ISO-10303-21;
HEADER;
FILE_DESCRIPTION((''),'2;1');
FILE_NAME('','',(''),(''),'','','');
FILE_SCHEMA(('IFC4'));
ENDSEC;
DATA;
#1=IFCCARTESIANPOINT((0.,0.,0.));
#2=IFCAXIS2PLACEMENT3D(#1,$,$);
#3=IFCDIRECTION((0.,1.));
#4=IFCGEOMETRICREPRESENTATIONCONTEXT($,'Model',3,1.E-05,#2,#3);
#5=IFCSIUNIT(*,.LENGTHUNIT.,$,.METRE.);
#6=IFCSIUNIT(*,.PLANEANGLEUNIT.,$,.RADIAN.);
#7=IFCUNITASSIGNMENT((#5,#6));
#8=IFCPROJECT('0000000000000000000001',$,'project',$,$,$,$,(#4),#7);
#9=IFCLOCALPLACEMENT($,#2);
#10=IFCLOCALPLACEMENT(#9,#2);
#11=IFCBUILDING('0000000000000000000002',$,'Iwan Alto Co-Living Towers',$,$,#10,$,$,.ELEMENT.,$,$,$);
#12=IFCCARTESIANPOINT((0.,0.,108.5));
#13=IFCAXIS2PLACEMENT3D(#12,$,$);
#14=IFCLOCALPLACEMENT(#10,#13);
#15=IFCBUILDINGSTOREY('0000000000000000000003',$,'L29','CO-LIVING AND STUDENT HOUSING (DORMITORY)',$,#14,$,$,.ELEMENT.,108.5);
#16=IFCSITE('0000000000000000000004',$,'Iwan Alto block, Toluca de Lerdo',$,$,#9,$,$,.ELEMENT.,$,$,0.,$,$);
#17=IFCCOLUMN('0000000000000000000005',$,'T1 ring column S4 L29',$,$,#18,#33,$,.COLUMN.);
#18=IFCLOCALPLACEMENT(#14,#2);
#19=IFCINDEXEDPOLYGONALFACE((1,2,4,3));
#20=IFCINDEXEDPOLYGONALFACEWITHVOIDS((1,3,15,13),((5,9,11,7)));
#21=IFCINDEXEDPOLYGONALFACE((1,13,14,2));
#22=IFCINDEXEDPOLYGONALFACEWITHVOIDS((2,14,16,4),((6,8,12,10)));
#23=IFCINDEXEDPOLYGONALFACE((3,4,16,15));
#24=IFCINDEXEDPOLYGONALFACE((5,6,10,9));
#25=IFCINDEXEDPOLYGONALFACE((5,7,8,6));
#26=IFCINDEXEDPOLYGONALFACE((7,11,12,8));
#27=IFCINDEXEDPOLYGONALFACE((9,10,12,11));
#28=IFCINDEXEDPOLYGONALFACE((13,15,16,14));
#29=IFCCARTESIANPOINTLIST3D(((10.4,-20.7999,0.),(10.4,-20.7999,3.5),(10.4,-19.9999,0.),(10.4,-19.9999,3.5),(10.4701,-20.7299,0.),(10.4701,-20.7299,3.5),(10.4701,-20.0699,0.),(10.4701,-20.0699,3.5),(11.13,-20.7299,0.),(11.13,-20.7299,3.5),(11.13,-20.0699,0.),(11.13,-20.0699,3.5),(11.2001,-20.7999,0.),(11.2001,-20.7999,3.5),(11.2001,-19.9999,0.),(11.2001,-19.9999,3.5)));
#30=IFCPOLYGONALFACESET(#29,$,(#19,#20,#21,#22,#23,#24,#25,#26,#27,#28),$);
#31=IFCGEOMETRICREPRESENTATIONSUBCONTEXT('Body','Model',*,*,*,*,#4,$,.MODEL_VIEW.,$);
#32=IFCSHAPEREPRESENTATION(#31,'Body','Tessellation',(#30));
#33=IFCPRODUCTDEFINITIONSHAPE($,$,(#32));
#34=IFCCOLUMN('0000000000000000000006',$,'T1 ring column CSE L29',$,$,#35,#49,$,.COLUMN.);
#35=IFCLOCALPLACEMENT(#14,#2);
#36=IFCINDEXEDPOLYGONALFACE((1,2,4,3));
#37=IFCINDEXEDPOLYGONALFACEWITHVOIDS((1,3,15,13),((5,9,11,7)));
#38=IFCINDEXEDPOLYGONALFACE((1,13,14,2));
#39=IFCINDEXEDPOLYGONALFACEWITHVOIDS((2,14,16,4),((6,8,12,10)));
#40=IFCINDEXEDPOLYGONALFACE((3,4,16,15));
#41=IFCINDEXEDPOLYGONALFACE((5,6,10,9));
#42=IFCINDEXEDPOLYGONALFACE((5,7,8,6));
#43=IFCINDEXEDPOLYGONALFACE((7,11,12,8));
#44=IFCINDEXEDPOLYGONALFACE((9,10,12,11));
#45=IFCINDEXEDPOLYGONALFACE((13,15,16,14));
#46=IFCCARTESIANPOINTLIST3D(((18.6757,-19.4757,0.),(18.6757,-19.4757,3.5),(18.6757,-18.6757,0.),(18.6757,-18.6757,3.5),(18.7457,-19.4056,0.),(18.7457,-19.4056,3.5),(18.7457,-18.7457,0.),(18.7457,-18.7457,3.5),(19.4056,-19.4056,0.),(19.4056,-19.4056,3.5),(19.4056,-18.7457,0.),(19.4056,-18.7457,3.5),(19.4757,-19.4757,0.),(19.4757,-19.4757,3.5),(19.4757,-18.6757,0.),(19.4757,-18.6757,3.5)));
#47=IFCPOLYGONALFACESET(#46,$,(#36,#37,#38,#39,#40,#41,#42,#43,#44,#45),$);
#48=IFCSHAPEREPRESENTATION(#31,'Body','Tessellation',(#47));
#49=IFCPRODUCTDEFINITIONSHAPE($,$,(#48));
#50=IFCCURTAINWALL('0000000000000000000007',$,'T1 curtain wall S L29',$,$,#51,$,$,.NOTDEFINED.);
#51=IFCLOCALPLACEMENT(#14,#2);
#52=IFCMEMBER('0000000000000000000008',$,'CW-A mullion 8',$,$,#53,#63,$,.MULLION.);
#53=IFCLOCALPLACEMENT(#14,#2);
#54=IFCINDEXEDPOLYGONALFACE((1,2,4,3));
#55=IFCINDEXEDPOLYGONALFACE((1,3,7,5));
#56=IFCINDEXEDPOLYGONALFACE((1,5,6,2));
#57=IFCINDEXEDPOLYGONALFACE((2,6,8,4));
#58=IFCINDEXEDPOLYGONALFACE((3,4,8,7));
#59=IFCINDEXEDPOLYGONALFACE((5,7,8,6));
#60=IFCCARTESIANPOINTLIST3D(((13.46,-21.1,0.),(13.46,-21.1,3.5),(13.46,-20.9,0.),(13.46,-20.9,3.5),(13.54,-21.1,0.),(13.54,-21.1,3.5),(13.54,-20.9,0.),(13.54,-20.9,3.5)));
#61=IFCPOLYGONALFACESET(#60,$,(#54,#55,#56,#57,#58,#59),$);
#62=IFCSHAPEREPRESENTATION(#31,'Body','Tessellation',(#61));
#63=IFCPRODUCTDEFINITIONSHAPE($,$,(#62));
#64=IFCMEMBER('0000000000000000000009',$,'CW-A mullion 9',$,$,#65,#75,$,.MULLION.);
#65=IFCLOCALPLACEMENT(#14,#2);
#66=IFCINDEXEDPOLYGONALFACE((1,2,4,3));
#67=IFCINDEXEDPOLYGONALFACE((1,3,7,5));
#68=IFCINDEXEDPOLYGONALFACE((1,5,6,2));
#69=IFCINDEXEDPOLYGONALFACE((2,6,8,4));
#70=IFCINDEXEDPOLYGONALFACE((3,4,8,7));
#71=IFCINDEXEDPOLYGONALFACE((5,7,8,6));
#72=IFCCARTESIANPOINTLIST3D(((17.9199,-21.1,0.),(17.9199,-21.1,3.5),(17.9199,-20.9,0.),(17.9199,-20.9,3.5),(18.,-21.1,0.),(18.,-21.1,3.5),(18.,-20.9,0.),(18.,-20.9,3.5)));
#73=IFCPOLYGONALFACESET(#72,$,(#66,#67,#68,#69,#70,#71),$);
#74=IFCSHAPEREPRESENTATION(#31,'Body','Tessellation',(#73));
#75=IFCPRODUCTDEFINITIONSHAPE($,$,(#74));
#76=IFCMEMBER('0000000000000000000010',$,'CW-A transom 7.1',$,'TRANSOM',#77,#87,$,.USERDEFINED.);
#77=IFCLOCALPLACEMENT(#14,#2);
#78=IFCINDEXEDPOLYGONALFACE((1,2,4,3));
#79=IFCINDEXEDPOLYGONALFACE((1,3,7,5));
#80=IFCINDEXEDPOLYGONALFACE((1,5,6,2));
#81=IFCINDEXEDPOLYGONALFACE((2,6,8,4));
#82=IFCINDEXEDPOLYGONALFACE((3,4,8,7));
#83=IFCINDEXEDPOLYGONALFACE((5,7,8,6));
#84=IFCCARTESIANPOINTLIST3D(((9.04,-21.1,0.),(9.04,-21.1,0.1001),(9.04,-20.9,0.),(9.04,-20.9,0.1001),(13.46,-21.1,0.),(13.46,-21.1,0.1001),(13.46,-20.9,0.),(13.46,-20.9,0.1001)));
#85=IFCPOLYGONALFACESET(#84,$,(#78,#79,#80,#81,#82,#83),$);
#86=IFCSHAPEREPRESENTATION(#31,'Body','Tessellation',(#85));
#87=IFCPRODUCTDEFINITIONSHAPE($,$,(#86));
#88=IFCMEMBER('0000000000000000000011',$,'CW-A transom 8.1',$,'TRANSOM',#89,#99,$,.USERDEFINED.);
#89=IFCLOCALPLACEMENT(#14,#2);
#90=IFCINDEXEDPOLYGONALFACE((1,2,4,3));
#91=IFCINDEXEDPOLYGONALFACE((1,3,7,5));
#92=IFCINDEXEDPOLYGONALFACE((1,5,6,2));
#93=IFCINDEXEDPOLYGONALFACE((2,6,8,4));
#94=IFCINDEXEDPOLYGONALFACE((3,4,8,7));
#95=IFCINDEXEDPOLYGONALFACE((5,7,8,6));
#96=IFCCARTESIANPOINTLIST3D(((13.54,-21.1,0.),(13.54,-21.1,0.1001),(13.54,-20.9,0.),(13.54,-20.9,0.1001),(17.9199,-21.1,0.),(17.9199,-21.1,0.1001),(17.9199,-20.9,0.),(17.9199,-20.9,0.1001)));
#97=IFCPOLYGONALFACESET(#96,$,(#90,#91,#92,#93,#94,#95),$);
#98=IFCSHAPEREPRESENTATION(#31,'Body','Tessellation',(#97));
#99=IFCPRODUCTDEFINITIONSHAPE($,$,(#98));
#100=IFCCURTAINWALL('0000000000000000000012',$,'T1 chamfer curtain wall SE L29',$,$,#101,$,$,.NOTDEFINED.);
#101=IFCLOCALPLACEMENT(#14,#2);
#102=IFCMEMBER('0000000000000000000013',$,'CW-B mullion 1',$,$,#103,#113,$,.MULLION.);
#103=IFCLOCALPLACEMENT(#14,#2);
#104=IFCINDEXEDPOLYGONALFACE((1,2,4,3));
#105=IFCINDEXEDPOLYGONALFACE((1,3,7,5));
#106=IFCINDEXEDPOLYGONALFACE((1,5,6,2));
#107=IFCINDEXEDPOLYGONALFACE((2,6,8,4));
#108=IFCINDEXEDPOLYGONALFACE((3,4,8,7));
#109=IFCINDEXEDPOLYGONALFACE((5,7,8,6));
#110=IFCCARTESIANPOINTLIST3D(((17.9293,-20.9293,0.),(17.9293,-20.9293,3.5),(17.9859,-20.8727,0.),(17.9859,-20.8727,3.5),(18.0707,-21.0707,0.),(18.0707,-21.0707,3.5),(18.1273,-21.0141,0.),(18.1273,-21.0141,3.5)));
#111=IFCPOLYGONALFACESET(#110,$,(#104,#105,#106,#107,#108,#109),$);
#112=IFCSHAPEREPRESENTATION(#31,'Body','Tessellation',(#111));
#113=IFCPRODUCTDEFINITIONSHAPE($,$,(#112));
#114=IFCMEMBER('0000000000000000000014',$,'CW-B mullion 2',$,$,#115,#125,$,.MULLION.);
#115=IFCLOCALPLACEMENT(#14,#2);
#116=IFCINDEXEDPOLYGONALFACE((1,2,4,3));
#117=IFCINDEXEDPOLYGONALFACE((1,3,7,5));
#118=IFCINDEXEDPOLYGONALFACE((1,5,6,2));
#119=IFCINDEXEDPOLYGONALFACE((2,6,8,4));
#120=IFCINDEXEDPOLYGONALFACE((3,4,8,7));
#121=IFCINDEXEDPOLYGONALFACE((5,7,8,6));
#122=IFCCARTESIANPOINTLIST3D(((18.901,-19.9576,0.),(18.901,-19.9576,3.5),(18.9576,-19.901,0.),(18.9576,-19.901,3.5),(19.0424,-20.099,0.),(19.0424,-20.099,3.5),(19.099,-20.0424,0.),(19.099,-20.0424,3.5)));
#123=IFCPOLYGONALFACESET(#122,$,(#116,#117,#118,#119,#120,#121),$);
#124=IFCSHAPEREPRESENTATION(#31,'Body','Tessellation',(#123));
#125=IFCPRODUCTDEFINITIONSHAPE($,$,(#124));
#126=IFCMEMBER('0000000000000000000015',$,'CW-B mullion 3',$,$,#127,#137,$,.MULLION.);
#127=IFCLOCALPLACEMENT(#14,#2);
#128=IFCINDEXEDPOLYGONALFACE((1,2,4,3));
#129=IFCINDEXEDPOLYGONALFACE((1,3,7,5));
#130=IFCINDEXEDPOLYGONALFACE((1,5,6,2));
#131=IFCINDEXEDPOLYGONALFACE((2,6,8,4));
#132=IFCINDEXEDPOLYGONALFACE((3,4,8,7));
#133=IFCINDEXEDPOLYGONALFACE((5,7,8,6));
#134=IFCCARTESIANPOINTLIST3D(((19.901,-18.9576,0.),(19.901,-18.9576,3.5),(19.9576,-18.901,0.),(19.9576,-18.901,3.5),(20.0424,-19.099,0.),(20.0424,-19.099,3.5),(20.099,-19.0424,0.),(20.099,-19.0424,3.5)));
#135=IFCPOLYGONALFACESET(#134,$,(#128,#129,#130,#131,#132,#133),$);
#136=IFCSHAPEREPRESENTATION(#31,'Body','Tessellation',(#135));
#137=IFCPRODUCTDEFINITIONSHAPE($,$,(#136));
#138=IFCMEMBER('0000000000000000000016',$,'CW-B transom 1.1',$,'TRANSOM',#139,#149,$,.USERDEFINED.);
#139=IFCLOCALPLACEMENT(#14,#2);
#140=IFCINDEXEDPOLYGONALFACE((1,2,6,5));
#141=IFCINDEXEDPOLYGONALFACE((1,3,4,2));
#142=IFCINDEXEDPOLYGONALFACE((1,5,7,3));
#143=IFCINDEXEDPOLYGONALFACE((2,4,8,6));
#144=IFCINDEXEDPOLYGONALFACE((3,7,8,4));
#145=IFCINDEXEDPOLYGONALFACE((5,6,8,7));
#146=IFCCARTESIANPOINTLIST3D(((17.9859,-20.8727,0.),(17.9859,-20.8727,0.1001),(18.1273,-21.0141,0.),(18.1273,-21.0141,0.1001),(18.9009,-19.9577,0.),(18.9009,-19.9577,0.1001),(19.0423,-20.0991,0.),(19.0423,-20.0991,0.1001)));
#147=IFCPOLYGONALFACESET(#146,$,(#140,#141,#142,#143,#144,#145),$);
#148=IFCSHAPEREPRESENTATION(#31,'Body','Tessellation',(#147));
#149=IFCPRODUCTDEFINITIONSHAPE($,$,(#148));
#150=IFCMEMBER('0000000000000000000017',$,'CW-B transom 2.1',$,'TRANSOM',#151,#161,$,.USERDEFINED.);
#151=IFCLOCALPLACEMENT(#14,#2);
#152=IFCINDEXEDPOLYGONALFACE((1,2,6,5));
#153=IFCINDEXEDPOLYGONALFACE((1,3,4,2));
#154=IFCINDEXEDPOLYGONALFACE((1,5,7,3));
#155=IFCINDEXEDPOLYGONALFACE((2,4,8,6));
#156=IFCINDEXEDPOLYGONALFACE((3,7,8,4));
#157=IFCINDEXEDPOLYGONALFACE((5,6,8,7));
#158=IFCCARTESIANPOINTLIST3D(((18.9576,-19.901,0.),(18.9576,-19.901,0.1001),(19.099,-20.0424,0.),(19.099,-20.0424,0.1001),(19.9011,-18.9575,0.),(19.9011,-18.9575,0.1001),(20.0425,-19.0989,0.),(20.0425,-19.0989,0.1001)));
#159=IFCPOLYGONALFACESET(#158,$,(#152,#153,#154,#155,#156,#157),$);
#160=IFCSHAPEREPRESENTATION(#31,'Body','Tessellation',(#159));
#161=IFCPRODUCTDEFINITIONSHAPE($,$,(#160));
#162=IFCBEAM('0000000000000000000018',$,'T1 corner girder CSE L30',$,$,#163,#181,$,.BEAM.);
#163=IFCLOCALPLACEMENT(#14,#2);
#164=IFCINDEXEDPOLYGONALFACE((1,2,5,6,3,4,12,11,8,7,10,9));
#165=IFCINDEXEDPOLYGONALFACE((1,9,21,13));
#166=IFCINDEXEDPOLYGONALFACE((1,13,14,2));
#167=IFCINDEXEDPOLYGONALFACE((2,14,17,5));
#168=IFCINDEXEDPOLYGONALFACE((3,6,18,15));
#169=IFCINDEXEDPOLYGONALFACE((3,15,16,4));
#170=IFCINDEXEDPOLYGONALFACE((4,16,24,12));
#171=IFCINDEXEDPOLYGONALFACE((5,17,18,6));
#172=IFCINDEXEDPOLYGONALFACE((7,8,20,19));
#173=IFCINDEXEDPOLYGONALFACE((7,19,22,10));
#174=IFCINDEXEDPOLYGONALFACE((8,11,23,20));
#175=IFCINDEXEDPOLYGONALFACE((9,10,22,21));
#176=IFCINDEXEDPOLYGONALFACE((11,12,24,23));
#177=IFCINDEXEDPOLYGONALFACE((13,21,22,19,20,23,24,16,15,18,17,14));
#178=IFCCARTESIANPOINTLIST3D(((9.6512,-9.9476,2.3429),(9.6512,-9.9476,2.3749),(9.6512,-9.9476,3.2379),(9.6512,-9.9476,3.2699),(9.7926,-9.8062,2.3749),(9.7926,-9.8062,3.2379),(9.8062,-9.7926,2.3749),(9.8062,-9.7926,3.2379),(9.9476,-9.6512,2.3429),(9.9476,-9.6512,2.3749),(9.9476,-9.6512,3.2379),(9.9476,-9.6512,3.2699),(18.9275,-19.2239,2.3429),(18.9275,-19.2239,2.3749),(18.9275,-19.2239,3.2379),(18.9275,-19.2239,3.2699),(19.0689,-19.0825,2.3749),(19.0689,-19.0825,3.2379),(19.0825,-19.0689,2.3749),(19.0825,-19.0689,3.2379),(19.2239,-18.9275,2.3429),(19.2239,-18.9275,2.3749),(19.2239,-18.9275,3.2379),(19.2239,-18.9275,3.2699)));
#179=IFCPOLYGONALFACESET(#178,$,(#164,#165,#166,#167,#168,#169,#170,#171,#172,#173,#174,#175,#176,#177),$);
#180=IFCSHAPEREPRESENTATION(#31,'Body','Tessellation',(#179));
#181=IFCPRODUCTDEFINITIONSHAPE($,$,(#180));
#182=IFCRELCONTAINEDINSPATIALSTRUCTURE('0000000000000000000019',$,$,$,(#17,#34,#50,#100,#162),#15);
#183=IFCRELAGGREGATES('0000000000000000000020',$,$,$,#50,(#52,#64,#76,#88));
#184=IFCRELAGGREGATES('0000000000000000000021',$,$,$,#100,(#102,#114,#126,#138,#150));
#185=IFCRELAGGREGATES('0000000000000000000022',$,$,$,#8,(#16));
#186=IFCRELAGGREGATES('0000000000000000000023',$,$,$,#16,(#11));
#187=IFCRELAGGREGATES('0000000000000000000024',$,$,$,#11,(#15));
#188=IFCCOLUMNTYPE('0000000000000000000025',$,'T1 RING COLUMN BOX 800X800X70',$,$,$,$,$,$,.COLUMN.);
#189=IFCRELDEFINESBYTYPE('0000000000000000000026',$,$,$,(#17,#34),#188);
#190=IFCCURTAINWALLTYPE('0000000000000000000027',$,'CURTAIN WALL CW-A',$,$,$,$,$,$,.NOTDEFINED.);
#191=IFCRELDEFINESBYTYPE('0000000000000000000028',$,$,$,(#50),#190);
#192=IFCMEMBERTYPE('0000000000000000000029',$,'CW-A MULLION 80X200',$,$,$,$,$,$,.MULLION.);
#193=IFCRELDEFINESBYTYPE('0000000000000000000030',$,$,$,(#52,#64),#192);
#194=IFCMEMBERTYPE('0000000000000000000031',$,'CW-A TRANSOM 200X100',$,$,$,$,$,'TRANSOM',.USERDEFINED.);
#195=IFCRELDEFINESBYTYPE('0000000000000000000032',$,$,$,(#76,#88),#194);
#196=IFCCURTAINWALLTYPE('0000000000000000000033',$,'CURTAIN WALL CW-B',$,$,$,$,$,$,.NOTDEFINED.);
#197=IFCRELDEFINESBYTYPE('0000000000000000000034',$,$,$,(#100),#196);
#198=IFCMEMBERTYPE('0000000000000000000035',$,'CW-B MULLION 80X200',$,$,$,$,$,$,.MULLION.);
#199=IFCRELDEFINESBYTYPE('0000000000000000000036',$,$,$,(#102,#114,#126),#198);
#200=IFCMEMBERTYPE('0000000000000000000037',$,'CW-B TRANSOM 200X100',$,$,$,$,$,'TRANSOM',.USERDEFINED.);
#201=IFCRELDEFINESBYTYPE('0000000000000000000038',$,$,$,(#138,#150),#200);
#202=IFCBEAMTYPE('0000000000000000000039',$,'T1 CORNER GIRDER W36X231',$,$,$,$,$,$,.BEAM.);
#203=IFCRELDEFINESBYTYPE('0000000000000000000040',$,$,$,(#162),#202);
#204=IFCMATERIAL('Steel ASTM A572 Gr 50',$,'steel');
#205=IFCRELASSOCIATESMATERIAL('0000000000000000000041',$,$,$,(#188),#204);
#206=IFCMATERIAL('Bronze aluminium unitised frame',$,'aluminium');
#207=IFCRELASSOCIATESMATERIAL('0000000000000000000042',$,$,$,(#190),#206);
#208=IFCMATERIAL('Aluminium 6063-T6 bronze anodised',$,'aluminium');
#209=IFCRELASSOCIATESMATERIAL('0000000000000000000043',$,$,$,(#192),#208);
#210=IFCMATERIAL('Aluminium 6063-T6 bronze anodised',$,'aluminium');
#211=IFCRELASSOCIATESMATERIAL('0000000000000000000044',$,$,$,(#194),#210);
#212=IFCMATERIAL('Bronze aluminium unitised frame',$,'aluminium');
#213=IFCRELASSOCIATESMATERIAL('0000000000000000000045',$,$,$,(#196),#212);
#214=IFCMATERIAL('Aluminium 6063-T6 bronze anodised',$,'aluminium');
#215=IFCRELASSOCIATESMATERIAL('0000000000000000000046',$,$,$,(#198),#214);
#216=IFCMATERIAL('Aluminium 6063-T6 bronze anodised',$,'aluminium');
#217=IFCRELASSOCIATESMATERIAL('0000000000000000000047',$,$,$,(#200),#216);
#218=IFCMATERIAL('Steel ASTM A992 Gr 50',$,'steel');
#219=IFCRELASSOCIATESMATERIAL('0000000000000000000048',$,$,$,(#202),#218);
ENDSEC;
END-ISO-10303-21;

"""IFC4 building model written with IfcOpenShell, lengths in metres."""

from ifc_helpers import new_model, si_unit, direction, frame, origin, origin_2d, place, context, subcontext, project, spatial, rectangle, hollow_rectangle, i_section, extrude, material, material_profile, profile_set, type_object, element, aggregate, save


model = new_model("IFC4")

# Units and contexts
model_context = context("Model", 3, precision=1e-05, world=origin(), true_north=direction((0.0, 1.0)))
body_context = subcontext(model_context, "Body", "Model", "MODEL_VIEW")
ifc_project = project(units=[si_unit("LENGTHUNIT", "METRE"), si_unit("PLANEANGLEUNIT", "RADIAN")], contexts=[model_context])

# Site, building, storey
site_placement = place(None, origin())
site = spatial("IfcSite", under=ifc_project, at=site_placement, Name="Iwan Alto block, Toluca de Lerdo", CompositionType="ELEMENT", RefElevation=0.0)
building_placement = place(site_placement, origin())
building = spatial("IfcBuilding", under=site, at=building_placement, Name="Iwan Alto Co-Living Towers", CompositionType="ELEMENT")
storey_placement = place(building_placement, frame((0.0, 0.0, 108.5)))
storey = spatial("IfcBuildingStorey", under=building, at=storey_placement, Name="L29", Description="CO-LIVING AND STUDENT HOUSING (DORMITORY)", CompositionType="ELEMENT", Elevation=108.5)

# Columns
ifc_material_1 = material(Name="Steel ASTM A572 Gr 50", Category="steel")
ifc_material_profile_1 = material_profile(ifc_material_1, hollow_rectangle(XDim=0.8, YDim=0.8, WallThickness=0.0701, at=origin_2d()), Name="BOX 800X800X70")
ifc_profile_set_1 = profile_set([ifc_material_profile_1], Name="Steel ASTM A572 Gr 50")
column_type = type_object("IfcColumnType", Name="T1 RING COLUMN BOX 800X800X70", PredefinedType="COLUMN", material=ifc_profile_set_1)
for number, where, z_axis, x_axis, name in (
    (1, (10.8, -20.3999, 0.0), (0.0, 0.0, 1.0), (1.0, 0.0, 0.0), "T1 ring column S4 L29"),
    (2, (19.0757, -19.0757, 0.0), (0.0, 0.0, 1.0), (1.0, 0.0, 0.0), "T1 ring column CSE L29"),
):
    element("IfcColumn", number, at=place(storey_placement, frame(where, z_axis=z_axis, x_axis=x_axis)), inside=storey, type_object=column_type, Name=name, PredefinedType="COLUMN", context=body_context, shape_type="SweptSolid", body=[
        extrude(hollow_rectangle(XDim=0.8, YDim=0.8, WallThickness=0.0701, at=origin_2d()), origin(), (0.0, 0.0, 1.0), 3.5),
    ])

# Curtain walls, members
ifc_material_2 = material(Name="Bronze aluminium unitised frame", Category="aluminium")
curtain_wall_type_1 = type_object("IfcCurtainWallType", Name="CURTAIN WALL CW-A", PredefinedType="NOTDEFINED", material=ifc_material_2)
curtain_wall_1_placement = place(storey_placement, origin())
curtain_wall_1 = element("IfcCurtainWall", 3, at=curtain_wall_1_placement, inside=storey, type_object=curtain_wall_type_1, Name="T1 curtain wall S L29", PredefinedType="NOTDEFINED")
ifc_material_3 = material(Name="Aluminium 6063-T6 bronze anodised", Category="aluminium")
ifc_material_profile_2 = material_profile(ifc_material_3, rectangle(XDim=0.2, YDim=0.0801, at=origin_2d()), Name="AL 80X200")
ifc_profile_set_2 = profile_set([ifc_material_profile_2], Name="Aluminium 6063-T6 bronze anodised")
member_type_1 = type_object("IfcMemberType", Name="CW-A MULLION 80X200", PredefinedType="MULLION", material=ifc_profile_set_2)
member_1_placement = place(storey_placement, frame((13.5, -21.0, 0.0), z_axis=(0.0, 0.0, 1.0), x_axis=(0.0, 1.0, 0.0)))
member_1 = element("IfcMember", 4, at=member_1_placement, type_object=member_type_1, Name="CW-A mullion 8", PredefinedType="MULLION", context=body_context, shape_type="SweptSolid", body=[
    extrude(rectangle(XDim=0.2, YDim=0.0801, at=origin_2d()), origin(), (0.0, 0.0, 1.0), 3.5),
])
member_2_placement = place(storey_placement, frame((17.96, -21.0, 0.0), z_axis=(0.0, 0.0, 1.0), x_axis=(0.0, 1.0, 0.0)))
member_2 = element("IfcMember", 5, at=member_2_placement, type_object=member_type_1, Name="CW-A mullion 9", PredefinedType="MULLION", context=body_context, shape_type="SweptSolid", body=[
    extrude(rectangle(XDim=0.2, YDim=0.0801, at=origin_2d()), origin(), (0.0, 0.0, 1.0), 3.5),
])
ifc_material_4 = material(Name="Aluminium 6063-T6 bronze anodised", Category="aluminium")
ifc_material_profile_3 = material_profile(ifc_material_4, rectangle(XDim=0.2, YDim=0.1001, at=origin_2d()), Name="AL 200X100")
ifc_profile_set_3 = profile_set([ifc_material_profile_3], Name="Aluminium 6063-T6 bronze anodised")
member_type_2 = type_object("IfcMemberType", Name="CW-A TRANSOM 200X100", ElementType="TRANSOM", PredefinedType="USERDEFINED", material=ifc_profile_set_3)
member_3_placement = place(storey_placement, frame((9.04, -21.0, 0.05), z_axis=(1.0, 0.0, 0.0), x_axis=(0.0, 1.0, 0.0)))
member_3 = element("IfcMember", 6, at=member_3_placement, type_object=member_type_2, Name="CW-A transom 7.1", ObjectType="TRANSOM", PredefinedType="USERDEFINED", context=body_context, shape_type="SweptSolid", body=[
    extrude(rectangle(XDim=0.2, YDim=0.1001, at=origin_2d()), origin(), (0.0, 0.0, 1.0), 4.4199),
])
member_4_placement = place(storey_placement, frame((13.54, -21.0, 0.05), z_axis=(1.0, 0.0, 0.0), x_axis=(0.0, 1.0, 0.0)))
member_4 = element("IfcMember", 7, at=member_4_placement, type_object=member_type_2, Name="CW-A transom 8.1", ObjectType="TRANSOM", PredefinedType="USERDEFINED", context=body_context, shape_type="SweptSolid", body=[
    extrude(rectangle(XDim=0.2, YDim=0.1001, at=origin_2d()), origin(), (0.0, 0.0, 1.0), 4.3799),
])
ifc_material_5 = material(Name="Bronze aluminium unitised frame", Category="aluminium")
curtain_wall_type_2 = type_object("IfcCurtainWallType", Name="CURTAIN WALL CW-B", PredefinedType="NOTDEFINED", material=ifc_material_5)
curtain_wall_2_placement = place(storey_placement, origin())
curtain_wall_2 = element("IfcCurtainWall", 8, at=curtain_wall_2_placement, inside=storey, type_object=curtain_wall_type_2, Name="T1 chamfer curtain wall SE L29", PredefinedType="NOTDEFINED")
ifc_material_6 = material(Name="Aluminium 6063-T6 bronze anodised", Category="aluminium")
ifc_material_profile_4 = material_profile(ifc_material_6, rectangle(XDim=0.2, YDim=0.0801, at=origin_2d()), Name="AL 80X200")
ifc_profile_set_4 = profile_set([ifc_material_profile_4], Name="Aluminium 6063-T6 bronze anodised")
member_type_3 = type_object("IfcMemberType", Name="CW-B MULLION 80X200", PredefinedType="MULLION", material=ifc_profile_set_4)
member_5_placement = place(storey_placement, frame((18.0283, -20.9717, 0.0), z_axis=(0.0, 0.0, 1.0), x_axis=(-0.707107, 0.707107, 0.0)))
member_5 = element("IfcMember", 9, at=member_5_placement, type_object=member_type_3, Name="CW-B mullion 1", PredefinedType="MULLION", context=body_context, shape_type="SweptSolid", body=[
    extrude(rectangle(XDim=0.2, YDim=0.0801, at=origin_2d()), origin(), (0.0, 0.0, 1.0), 3.5),
])
member_6_placement = place(storey_placement, frame((19.0, -20.0, 0.0), z_axis=(0.0, 0.0, 1.0), x_axis=(-0.707107, 0.707107, 0.0)))
member_6 = element("IfcMember", 10, at=member_6_placement, type_object=member_type_3, Name="CW-B mullion 2", PredefinedType="MULLION", context=body_context, shape_type="SweptSolid", body=[
    extrude(rectangle(XDim=0.2, YDim=0.0801, at=origin_2d()), origin(), (0.0, 0.0, 1.0), 3.5),
])
member_7_placement = place(storey_placement, frame((20.0, -19.0, 0.0), z_axis=(0.0, 0.0, 1.0), x_axis=(-0.707107, 0.707107, 0.0)))
member_7 = element("IfcMember", 11, at=member_7_placement, type_object=member_type_3, Name="CW-B mullion 3", PredefinedType="MULLION", context=body_context, shape_type="SweptSolid", body=[
    extrude(rectangle(XDim=0.2, YDim=0.0801, at=origin_2d()), origin(), (0.0, 0.0, 1.0), 3.5),
])
ifc_material_7 = material(Name="Aluminium 6063-T6 bronze anodised", Category="aluminium")
ifc_material_profile_5 = material_profile(ifc_material_7, rectangle(XDim=0.2, YDim=0.1001, at=origin_2d()), Name="AL 200X100")
ifc_profile_set_5 = profile_set([ifc_material_profile_5], Name="Aluminium 6063-T6 bronze anodised")
member_type_4 = type_object("IfcMemberType", Name="CW-B TRANSOM 200X100", ElementType="TRANSOM", PredefinedType="USERDEFINED", material=ifc_profile_set_5)
member_8_placement = place(storey_placement, frame((18.0566, -20.9434, 0.05), z_axis=(0.707107, 0.707107, 0.0), x_axis=(-0.707107, 0.707107, 0.0)))
member_8 = element("IfcMember", 12, at=member_8_placement, type_object=member_type_4, Name="CW-B transom 1.1", ObjectType="TRANSOM", PredefinedType="USERDEFINED", context=body_context, shape_type="SweptSolid", body=[
    extrude(rectangle(XDim=0.2, YDim=0.1001, at=origin_2d()), origin(), (0.0, 0.0, 1.0), 1.2939),
])
member_9_placement = place(storey_placement, frame((19.0283, -19.9717, 0.05), z_axis=(0.707107, 0.707107, 0.0), x_axis=(-0.707107, 0.707107, 0.0)))
member_9 = element("IfcMember", 13, at=member_9_placement, type_object=member_type_4, Name="CW-B transom 2.1", ObjectType="TRANSOM", PredefinedType="USERDEFINED", context=body_context, shape_type="SweptSolid", body=[
    extrude(rectangle(XDim=0.2, YDim=0.1001, at=origin_2d()), origin(), (0.0, 0.0, 1.0), 1.3342),
])

# Beam
ifc_material_8 = material(Name="Steel ASTM A992 Gr 50", Category="steel")
ifc_material_profile_6 = material_profile(ifc_material_8, i_section(OverallWidth=0.4192, OverallDepth=0.927, WebThickness=0.0193, FlangeThickness=0.032, at=origin_2d()), Name="W36X231")
ifc_profile_set_6 = profile_set([ifc_material_profile_6], Name="Steel ASTM A992 Gr 50")
beam_type_1 = type_object("IfcBeamType", Name="T1 CORNER GIRDER W36X231", PredefinedType="BEAM", material=ifc_profile_set_6)
beam_1_placement = place(storey_placement, frame((19.0757, -19.0757, 2.8064), z_axis=(-0.707107, 0.707107, 0.0), x_axis=(-0.707107, -0.707107, 0.0)))
element("IfcBeam", 14, at=beam_1_placement, inside=storey, type_object=beam_type_1, Name="T1 corner girder CSE L30", PredefinedType="BEAM", context=body_context, shape_type="SweptSolid", body=[
    extrude(i_section(OverallWidth=0.4192, OverallDepth=0.927, WebThickness=0.0193, FlangeThickness=0.032, at=origin_2d()), origin(), (0.0, 0.0, 1.0), 13.1187),
])

aggregate(curtain_wall_1, [member_1, member_2, member_3, member_4])
aggregate(curtain_wall_2, [member_5, member_6, member_7, member_8, member_9])

save(model, "model.ifc")
